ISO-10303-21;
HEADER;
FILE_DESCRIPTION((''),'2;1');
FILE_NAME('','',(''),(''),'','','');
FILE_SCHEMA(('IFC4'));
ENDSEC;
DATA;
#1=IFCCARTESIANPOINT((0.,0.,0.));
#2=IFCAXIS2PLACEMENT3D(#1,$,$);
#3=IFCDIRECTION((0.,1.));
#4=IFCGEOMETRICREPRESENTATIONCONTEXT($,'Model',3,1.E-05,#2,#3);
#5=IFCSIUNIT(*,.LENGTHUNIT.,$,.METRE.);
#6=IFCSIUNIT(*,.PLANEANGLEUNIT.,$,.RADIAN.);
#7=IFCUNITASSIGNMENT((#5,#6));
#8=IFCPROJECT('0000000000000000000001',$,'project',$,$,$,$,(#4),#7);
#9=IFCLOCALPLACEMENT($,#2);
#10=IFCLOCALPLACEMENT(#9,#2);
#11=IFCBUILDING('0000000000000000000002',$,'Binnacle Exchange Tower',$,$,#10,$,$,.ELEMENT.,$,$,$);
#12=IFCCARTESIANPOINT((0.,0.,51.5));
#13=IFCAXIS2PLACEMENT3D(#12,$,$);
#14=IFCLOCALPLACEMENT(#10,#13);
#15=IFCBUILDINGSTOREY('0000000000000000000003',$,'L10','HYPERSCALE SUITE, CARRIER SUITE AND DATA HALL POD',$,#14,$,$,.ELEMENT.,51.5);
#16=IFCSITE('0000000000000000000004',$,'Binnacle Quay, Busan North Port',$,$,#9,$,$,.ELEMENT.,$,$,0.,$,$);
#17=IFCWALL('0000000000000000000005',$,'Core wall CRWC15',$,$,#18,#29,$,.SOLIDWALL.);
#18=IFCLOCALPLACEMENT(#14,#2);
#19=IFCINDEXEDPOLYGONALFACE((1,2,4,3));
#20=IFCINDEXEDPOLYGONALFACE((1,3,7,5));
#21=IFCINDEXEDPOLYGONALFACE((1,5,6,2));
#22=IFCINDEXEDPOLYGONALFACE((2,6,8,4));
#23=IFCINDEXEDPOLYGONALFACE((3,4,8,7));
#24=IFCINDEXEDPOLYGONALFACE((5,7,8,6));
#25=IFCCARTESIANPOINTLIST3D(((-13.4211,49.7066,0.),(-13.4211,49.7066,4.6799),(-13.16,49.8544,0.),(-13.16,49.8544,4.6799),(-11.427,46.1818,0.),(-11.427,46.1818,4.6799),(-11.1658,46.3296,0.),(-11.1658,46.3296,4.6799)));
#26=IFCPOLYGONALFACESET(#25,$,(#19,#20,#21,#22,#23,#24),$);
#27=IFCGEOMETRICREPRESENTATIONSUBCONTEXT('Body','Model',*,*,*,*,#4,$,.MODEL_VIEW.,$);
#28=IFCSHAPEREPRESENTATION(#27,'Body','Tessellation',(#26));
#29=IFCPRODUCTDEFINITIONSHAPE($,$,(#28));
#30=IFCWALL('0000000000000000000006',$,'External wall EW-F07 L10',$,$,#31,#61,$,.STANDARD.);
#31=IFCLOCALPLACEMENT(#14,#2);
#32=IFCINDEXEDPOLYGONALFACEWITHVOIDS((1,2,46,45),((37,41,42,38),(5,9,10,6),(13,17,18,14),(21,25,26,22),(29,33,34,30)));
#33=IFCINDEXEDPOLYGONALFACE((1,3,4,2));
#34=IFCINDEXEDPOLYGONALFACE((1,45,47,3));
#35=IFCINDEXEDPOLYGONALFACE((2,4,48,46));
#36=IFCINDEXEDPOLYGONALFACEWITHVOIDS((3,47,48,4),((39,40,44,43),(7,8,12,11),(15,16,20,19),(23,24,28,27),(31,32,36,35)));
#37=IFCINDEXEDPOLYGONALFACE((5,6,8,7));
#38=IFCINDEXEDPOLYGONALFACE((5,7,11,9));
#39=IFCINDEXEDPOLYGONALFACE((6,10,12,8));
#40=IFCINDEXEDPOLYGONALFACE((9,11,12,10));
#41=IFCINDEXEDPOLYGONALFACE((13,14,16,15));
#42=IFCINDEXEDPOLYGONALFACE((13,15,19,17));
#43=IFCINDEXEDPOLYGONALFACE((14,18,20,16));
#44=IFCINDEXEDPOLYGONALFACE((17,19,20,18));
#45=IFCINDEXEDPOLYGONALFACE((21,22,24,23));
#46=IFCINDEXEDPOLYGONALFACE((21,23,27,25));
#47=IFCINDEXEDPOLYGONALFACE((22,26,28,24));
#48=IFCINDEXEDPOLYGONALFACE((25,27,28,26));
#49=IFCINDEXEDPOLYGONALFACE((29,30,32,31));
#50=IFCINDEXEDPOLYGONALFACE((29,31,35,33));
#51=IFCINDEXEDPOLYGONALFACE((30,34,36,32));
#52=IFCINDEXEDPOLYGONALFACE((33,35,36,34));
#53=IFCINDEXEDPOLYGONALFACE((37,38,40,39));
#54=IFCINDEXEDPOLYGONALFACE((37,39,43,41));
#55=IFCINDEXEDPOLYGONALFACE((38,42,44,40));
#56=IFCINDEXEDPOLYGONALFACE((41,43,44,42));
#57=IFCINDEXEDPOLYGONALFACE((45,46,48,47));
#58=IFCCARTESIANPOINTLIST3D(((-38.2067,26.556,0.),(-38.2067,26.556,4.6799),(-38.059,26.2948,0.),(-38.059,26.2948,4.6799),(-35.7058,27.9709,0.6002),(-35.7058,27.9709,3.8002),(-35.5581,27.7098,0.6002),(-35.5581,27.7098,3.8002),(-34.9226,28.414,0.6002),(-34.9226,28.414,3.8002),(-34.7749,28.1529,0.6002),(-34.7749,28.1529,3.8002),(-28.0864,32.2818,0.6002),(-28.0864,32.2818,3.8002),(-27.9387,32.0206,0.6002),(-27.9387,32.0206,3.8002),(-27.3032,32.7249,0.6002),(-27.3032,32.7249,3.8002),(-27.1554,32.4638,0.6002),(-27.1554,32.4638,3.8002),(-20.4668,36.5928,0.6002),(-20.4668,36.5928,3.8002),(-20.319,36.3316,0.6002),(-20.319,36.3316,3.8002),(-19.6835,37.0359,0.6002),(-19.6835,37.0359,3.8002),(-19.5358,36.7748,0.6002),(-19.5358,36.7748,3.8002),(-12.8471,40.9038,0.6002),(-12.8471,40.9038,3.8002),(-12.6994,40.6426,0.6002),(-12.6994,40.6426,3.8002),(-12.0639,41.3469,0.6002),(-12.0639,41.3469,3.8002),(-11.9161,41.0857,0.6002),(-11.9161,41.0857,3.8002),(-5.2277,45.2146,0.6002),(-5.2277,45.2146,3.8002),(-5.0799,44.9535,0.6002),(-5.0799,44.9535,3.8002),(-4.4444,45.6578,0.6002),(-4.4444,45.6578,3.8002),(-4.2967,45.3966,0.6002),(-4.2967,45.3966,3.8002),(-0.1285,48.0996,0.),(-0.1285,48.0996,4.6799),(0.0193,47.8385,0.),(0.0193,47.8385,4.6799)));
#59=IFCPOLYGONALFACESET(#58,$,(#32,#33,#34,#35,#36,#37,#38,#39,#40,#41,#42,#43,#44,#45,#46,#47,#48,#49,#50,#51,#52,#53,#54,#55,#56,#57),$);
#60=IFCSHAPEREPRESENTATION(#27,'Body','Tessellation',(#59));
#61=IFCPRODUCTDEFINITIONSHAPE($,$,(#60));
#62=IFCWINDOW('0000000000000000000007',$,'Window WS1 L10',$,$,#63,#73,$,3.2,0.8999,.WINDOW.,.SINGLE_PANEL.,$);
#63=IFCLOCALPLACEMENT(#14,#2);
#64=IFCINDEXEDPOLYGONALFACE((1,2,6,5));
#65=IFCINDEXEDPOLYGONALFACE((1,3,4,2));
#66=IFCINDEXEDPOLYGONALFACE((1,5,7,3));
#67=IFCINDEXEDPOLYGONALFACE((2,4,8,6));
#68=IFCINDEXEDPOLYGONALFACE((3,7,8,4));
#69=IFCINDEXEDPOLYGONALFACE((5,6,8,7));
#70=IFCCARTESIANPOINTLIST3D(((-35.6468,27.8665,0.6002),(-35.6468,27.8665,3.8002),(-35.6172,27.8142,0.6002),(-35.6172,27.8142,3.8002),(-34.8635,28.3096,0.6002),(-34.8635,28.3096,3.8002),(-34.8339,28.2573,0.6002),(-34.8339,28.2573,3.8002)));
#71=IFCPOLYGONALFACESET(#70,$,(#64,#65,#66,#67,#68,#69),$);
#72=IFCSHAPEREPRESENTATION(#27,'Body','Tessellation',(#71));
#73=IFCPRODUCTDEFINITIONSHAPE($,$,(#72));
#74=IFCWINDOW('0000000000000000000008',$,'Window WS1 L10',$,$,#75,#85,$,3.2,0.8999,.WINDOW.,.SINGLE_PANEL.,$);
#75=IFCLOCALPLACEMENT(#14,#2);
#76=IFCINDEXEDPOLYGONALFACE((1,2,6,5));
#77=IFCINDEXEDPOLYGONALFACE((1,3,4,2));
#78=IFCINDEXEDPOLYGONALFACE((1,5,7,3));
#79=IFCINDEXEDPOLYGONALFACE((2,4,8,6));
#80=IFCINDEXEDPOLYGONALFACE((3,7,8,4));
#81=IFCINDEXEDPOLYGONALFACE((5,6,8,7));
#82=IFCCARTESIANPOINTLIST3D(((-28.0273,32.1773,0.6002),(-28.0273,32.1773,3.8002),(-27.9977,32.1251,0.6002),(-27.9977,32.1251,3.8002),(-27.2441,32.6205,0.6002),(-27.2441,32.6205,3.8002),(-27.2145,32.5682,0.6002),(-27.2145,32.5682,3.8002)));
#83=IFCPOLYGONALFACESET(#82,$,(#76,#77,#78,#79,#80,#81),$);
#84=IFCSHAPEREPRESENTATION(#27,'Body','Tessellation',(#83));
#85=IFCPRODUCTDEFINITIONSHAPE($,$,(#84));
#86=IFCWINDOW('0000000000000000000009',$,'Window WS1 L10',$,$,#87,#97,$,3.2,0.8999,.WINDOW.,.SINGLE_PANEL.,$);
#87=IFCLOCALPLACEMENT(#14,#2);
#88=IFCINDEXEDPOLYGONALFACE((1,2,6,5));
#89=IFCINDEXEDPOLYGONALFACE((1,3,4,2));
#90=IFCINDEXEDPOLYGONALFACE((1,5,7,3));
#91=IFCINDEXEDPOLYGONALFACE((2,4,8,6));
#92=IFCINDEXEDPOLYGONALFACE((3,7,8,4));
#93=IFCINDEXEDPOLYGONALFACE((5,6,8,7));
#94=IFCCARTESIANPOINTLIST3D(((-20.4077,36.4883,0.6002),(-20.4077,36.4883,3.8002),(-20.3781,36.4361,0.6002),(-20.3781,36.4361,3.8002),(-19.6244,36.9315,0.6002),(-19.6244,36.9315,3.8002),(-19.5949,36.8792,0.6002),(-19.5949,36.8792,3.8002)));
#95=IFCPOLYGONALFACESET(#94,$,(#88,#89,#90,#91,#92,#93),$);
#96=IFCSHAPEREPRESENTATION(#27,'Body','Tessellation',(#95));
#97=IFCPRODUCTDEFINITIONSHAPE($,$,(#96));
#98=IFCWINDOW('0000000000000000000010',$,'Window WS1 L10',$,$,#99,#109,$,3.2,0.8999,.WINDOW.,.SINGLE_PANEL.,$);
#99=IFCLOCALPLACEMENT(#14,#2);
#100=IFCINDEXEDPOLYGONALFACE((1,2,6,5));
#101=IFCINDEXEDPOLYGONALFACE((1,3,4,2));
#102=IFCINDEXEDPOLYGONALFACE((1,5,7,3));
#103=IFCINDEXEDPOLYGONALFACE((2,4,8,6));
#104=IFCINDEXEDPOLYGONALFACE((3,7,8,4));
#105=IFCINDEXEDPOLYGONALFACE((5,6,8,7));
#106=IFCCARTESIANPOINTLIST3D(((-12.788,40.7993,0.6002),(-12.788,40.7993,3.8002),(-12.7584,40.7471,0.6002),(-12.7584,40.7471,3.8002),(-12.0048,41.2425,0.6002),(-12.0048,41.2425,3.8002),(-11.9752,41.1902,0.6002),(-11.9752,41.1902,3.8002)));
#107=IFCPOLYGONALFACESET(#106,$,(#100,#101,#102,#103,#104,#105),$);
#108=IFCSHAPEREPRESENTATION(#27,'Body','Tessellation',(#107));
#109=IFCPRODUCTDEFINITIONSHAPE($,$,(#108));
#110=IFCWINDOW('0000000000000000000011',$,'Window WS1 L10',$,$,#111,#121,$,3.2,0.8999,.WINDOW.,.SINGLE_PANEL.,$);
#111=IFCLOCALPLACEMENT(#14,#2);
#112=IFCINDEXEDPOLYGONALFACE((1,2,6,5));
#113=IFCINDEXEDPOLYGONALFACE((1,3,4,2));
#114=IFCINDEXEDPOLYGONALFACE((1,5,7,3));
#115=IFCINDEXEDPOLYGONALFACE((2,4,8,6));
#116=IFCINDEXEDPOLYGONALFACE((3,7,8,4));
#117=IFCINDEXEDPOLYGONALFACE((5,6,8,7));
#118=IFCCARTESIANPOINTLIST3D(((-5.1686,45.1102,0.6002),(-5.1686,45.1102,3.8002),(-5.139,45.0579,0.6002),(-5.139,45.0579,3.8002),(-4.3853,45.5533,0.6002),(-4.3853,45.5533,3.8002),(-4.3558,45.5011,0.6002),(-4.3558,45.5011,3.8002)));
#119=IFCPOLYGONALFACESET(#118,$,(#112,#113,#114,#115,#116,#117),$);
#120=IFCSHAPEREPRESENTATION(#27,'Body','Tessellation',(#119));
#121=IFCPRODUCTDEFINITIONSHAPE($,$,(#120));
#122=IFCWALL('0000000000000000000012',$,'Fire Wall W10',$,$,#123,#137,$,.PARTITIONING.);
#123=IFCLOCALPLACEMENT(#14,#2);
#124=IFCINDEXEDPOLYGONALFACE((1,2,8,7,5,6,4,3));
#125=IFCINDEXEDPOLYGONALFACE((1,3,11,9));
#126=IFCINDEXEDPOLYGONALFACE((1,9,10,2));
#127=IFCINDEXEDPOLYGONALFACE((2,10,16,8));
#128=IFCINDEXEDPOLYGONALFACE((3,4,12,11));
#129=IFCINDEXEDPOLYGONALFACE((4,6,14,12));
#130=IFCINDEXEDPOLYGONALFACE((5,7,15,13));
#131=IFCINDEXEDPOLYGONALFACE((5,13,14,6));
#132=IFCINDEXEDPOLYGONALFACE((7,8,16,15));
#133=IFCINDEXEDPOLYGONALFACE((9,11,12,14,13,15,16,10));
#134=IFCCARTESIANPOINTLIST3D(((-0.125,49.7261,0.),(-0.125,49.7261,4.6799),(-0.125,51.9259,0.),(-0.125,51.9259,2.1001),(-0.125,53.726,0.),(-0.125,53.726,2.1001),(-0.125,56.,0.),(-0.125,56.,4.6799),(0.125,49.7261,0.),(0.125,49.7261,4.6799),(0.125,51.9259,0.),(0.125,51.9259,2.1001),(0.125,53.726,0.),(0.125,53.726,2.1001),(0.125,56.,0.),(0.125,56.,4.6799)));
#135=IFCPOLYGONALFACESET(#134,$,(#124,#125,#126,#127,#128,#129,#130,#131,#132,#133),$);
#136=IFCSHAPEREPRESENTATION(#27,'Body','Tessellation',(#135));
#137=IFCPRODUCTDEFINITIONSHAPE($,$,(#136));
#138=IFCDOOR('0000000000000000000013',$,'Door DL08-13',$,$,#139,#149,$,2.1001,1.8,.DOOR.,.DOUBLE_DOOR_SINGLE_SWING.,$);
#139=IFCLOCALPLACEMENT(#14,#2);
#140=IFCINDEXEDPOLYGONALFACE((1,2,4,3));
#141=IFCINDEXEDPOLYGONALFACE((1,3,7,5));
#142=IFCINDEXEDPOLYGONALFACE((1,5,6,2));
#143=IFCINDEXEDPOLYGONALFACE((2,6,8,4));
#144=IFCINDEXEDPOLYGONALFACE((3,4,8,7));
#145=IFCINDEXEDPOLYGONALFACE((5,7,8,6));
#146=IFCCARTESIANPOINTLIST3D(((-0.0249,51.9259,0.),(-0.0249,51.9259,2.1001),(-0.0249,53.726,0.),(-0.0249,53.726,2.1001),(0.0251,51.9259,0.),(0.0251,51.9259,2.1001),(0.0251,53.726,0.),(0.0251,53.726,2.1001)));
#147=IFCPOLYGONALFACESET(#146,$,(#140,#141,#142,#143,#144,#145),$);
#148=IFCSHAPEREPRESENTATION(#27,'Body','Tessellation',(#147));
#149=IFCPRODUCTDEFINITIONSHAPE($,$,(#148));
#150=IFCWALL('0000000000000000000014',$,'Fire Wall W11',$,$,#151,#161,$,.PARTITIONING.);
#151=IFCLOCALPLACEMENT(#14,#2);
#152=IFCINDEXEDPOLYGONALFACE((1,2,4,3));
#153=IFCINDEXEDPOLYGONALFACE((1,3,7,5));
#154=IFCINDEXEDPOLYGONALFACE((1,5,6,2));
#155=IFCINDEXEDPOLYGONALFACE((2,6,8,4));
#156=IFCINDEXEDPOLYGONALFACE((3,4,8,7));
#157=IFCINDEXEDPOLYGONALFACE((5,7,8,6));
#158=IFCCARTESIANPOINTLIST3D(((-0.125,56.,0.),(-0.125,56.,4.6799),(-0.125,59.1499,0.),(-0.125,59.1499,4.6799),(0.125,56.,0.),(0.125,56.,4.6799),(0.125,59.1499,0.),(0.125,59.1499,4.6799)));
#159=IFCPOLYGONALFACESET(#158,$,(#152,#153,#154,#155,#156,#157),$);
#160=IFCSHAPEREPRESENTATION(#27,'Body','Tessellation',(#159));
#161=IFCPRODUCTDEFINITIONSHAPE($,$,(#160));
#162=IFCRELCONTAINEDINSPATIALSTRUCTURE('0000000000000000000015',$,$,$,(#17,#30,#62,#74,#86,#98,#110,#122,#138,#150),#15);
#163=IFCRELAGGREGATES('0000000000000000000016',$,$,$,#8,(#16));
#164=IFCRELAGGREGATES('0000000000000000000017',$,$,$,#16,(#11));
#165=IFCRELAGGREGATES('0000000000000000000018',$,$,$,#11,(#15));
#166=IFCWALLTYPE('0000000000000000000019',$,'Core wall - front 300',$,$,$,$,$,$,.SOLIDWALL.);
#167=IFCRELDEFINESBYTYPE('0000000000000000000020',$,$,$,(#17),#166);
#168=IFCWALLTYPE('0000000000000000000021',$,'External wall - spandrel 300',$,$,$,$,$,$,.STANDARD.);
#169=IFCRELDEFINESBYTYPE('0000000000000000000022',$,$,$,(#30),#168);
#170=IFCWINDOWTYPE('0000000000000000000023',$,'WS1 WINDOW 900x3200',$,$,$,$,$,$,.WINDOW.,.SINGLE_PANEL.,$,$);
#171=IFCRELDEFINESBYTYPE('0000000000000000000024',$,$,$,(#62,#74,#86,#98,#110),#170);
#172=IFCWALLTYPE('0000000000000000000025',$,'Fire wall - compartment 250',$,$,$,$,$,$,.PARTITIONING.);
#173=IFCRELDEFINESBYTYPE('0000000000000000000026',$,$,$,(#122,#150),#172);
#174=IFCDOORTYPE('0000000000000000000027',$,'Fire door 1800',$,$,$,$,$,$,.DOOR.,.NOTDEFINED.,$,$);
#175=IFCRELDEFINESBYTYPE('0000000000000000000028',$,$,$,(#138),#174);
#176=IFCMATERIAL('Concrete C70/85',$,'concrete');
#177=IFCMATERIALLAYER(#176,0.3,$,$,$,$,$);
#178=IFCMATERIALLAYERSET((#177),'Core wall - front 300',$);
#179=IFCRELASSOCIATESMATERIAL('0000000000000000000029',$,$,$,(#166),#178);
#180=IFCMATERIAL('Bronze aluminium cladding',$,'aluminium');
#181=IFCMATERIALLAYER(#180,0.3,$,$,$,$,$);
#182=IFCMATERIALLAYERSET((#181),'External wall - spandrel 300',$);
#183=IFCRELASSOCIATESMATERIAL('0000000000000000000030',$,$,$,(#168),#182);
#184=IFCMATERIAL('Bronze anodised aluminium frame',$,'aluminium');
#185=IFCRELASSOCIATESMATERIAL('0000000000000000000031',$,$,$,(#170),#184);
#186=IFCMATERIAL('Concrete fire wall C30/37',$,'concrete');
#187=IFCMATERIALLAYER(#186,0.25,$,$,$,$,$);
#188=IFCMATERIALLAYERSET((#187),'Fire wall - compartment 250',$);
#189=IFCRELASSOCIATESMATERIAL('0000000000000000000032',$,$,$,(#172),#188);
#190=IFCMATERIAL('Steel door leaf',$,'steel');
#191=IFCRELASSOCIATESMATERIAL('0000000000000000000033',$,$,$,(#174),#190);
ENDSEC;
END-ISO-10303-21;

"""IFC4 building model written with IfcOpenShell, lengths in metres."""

from ifc_helpers import new_model, si_unit, direction, frame, frame_2d, origin, place, context, subcontext, project, spatial, rectangle, extrude, material, layer, layer_set, type_object, element, fill, save


model = new_model("IFC4")

# Units and contexts
model_context = context("Model", 3, precision=1e-05, world=origin(), true_north=direction((0.0, 1.0)))
body_context = subcontext(model_context, "Body", "Model", "MODEL_VIEW")
ifc_project = project(units=[si_unit("LENGTHUNIT", "METRE"), si_unit("PLANEANGLEUNIT", "RADIAN")], contexts=[model_context])

# Site, building, storey
site_placement = place(None, origin())
site = spatial("IfcSite", under=ifc_project, at=site_placement, Name="Binnacle Quay, Busan North Port", CompositionType="ELEMENT", RefElevation=0.0)
building_placement = place(site_placement, origin())
building = spatial("IfcBuilding", under=site, at=building_placement, Name="Binnacle Exchange Tower", CompositionType="ELEMENT")
storey_placement = place(building_placement, frame((0.0, 0.0, 51.5)))
storey = spatial("IfcBuildingStorey", under=building, at=storey_placement, Name="L10", Description="HYPERSCALE SUITE, CARRIER SUITE AND DATA HALL POD", CompositionType="ELEMENT", Elevation=51.5)

# Shared definitions
ifc_material_1 = material(Name="Concrete C70/85", Category="concrete")

# Shared definitions
ifc_layer_1 = layer(ifc_material_1, 0.3)
ifc_layer_set_1 = layer_set([ifc_layer_1], Name="Core wall - front 300")
wall_type_1 = type_object("IfcWallType", Name="Core wall - front 300", PredefinedType="SOLIDWALL", material=ifc_layer_set_1)
ifc_material_2 = material(Name="Steel door leaf", Category="steel")

# Wall
for number, where, z_axis, x_axis, name in (
    (1, (-13.2905, 49.7805, 0.0), (0.0, 0.0, 1.0), (0.492395, -0.870372, 0.0), "Core wall CRWC15"),
):
    element("IfcWall", number, at=place(storey_placement, frame(where, z_axis=z_axis, x_axis=x_axis)), inside=storey, type_object=wall_type_1, Name=name, PredefinedType="SOLIDWALL", context=body_context, shape_type="SweptSolid", body=[
        extrude(rectangle(XDim=4.0498, YDim=0.3, at=frame_2d((2.0249, 0.0))), origin(), (0.0, 0.0, 1.0), 4.6799),
    ])

# Wall, openings, windows
ifc_material_3 = material(Name="Bronze aluminium cladding", Category="aluminium")
ifc_layer_2 = layer(ifc_material_3, 0.3)
ifc_layer_set_2 = layer_set([ifc_layer_2], Name="External wall - spandrel 300")
wall_type_2 = type_object("IfcWallType", Name="External wall - spandrel 300", PredefinedType="STANDARD", material=ifc_layer_set_2)
wall_1_placement = place(storey_placement, frame((-0.0547, 47.969, 0.0), z_axis=(0.0, 0.0, 1.0), x_axis=(-0.870356, -0.492423, 0.0)))
wall_1 = element("IfcWall", 2, at=wall_1_placement, inside=storey, type_object=wall_type_2, Name="External wall EW-F07 L10", PredefinedType="STANDARD", context=body_context, shape_type="SweptSolid", body=[
    extrude(rectangle(XDim=43.7502, YDim=0.3, at=frame_2d((21.875, 0.0))), origin(), (0.0, 0.0, 1.0), 4.6799),
])
opening_1_placement = place(wall_1_placement, frame((39.9768, 0.0, 0.6001)))
opening_1 = element("IfcOpeningElement", 3, at=opening_1_placement, cuts=wall_1, PredefinedType="OPENING", context=body_context, shape_type="SweptSolid", body=[
    extrude(rectangle(XDim=0.8999, YDim=3.2, at=frame_2d((0.45, 1.6001))), frame((0.0, 0.1599, 0.0), z_axis=(0.0, -1.0, 0.0), x_axis=(1.0, 0.0, 0.0)), (0.0, 0.0, 1.0), 0.3201),
])
opening_2_placement = place(wall_1_placement, frame((31.2224, 0.0, 0.6001)))
opening_2 = element("IfcOpeningElement", 4, at=opening_2_placement, cuts=wall_1, PredefinedType="OPENING", context=body_context, shape_type="SweptSolid", body=[
    extrude(rectangle(XDim=0.8999, YDim=3.2, at=frame_2d((0.45, 1.6001))), frame((0.0, 0.1599, 0.0), z_axis=(0.0, -1.0, 0.0), x_axis=(1.0, 0.0, 0.0)), (0.0, 0.0, 1.0), 0.3201),
])
opening_3_placement = place(wall_1_placement, frame((22.4678, 0.0, 0.6001)))
opening_3 = element("IfcOpeningElement", 5, at=opening_3_placement, cuts=wall_1, PredefinedType="OPENING", context=body_context, shape_type="SweptSolid", body=[
    extrude(rectangle(XDim=0.8999, YDim=3.2, at=frame_2d((0.45, 1.6001))), frame((0.0, 0.1599, 0.0), z_axis=(0.0, -1.0, 0.0), x_axis=(1.0, 0.0, 0.0)), (0.0, 0.0, 1.0), 0.3201),
])
opening_4_placement = place(wall_1_placement, frame((13.7131, 0.0, 0.6001)))
opening_4 = element("IfcOpeningElement", 6, at=opening_4_placement, cuts=wall_1, PredefinedType="OPENING", context=body_context, shape_type="SweptSolid", body=[
    extrude(rectangle(XDim=0.8999, YDim=3.2, at=frame_2d((0.45, 1.6001))), frame((0.0, 0.1599, 0.0), z_axis=(0.0, -1.0, 0.0), x_axis=(1.0, 0.0, 0.0)), (0.0, 0.0, 1.0), 0.3201),
])
opening_5_placement = place(wall_1_placement, frame((4.9587, 0.0, 0.6001)))
opening_5 = element("IfcOpeningElement", 7, at=opening_5_placement, cuts=wall_1, PredefinedType="OPENING", context=body_context, shape_type="SweptSolid", body=[
    extrude(rectangle(XDim=0.8999, YDim=3.2, at=frame_2d((0.45, 1.6001))), frame((0.0, 0.1599, 0.0), z_axis=(0.0, -1.0, 0.0), x_axis=(1.0, 0.0, 0.0)), (0.0, 0.0, 1.0), 0.3201),
])
ifc_material_4 = material(Name="Bronze anodised aluminium frame", Category="aluminium")
window_type = type_object("IfcWindowType", Name="WS1 WINDOW 900x3200", PartitioningType="SINGLE_PANEL", PredefinedType="WINDOW", material=ifc_material_4)
window_1_placement = place(opening_1_placement, origin())
window_1 = element("IfcWindow", 8, at=window_1_placement, inside=storey, type_object=window_type, Name="Window WS1 L10", OverallHeight=3.2, OverallWidth=0.8999, PartitioningType="SINGLE_PANEL", PredefinedType="WINDOW", context=body_context, shape_type="SweptSolid", body=[
    extrude(rectangle(XDim=0.8999, YDim=3.2, at=frame_2d((0.45, 1.6001))), frame((0.0, 0.03, 0.0), z_axis=(0.0, -1.0, 0.0), x_axis=(1.0, 0.0, 0.0)), (0.0, 0.0, 1.0), 0.0601),
])
fill(opening_1, window_1)
window_2_placement = place(opening_2_placement, origin())
window_2 = element("IfcWindow", 9, at=window_2_placement, inside=storey, type_object=window_type, Name="Window WS1 L10", OverallHeight=3.2, OverallWidth=0.8999, PartitioningType="SINGLE_PANEL", PredefinedType="WINDOW", context=body_context, shape_type="SweptSolid", body=[
    extrude(rectangle(XDim=0.8999, YDim=3.2, at=frame_2d((0.45, 1.6001))), frame((0.0, 0.03, 0.0), z_axis=(0.0, -1.0, 0.0), x_axis=(1.0, 0.0, 0.0)), (0.0, 0.0, 1.0), 0.0601),
])
fill(opening_2, window_2)
window_3_placement = place(opening_3_placement, origin())
window_3 = element("IfcWindow", 10, at=window_3_placement, inside=storey, type_object=window_type, Name="Window WS1 L10", OverallHeight=3.2, OverallWidth=0.8999, PartitioningType="SINGLE_PANEL", PredefinedType="WINDOW", context=body_context, shape_type="SweptSolid", body=[
    extrude(rectangle(XDim=0.8999, YDim=3.2, at=frame_2d((0.45, 1.6001))), frame((0.0, 0.03, 0.0), z_axis=(0.0, -1.0, 0.0), x_axis=(1.0, 0.0, 0.0)), (0.0, 0.0, 1.0), 0.0601),
])
fill(opening_3, window_3)
window_4_placement = place(opening_4_placement, origin())
window_4 = element("IfcWindow", 11, at=window_4_placement, inside=storey, type_object=window_type, Name="Window WS1 L10", OverallHeight=3.2, OverallWidth=0.8999, PartitioningType="SINGLE_PANEL", PredefinedType="WINDOW", context=body_context, shape_type="SweptSolid", body=[
    extrude(rectangle(XDim=0.8999, YDim=3.2, at=frame_2d((0.45, 1.6001))), frame((0.0, 0.03, 0.0), z_axis=(0.0, -1.0, 0.0), x_axis=(1.0, 0.0, 0.0)), (0.0, 0.0, 1.0), 0.0601),
])
fill(opening_4, window_4)
window_5_placement = place(opening_5_placement, origin())
window_5 = element("IfcWindow", 12, at=window_5_placement, inside=storey, type_object=window_type, Name="Window WS1 L10", OverallHeight=3.2, OverallWidth=0.8999, PartitioningType="SINGLE_PANEL", PredefinedType="WINDOW", context=body_context, shape_type="SweptSolid", body=[
    extrude(rectangle(XDim=0.8999, YDim=3.2, at=frame_2d((0.45, 1.6001))), frame((0.0, 0.03, 0.0), z_axis=(0.0, -1.0, 0.0), x_axis=(1.0, 0.0, 0.0)), (0.0, 0.0, 1.0), 0.0601),
])
fill(opening_5, window_5)

# Wall, opening, door
ifc_material_5 = material(Name="Concrete fire wall C30/37", Category="concrete")
ifc_layer_3 = layer(ifc_material_5, 0.25)
ifc_layer_set_3 = layer_set([ifc_layer_3], Name="Fire wall - compartment 250")
wall_type_3 = type_object("IfcWallType", Name="Fire wall - compartment 250", PredefinedType="PARTITIONING", material=ifc_layer_set_3)
wall_2_placement = place(storey_placement, frame((0.0, 49.7261, 0.0), z_axis=(0.0, 0.0, 1.0), x_axis=(0.0, 1.0, 0.0)))
wall_2 = element("IfcWall", 13, at=wall_2_placement, inside=storey, type_object=wall_type_3, Name="Fire Wall W10", PredefinedType="PARTITIONING", context=body_context, shape_type="SweptSolid", body=[
    extrude(rectangle(XDim=6.2739, YDim=0.25, at=frame_2d((3.137, 0.0))), origin(), (0.0, 0.0, 1.0), 4.6799),
])
opening_6_placement = place(wall_2_placement, frame((2.2, 0.0, 0.0)))
opening_6 = element("IfcOpeningElement", 14, at=opening_6_placement, cuts=wall_2, PredefinedType="OPENING", context=body_context, shape_type="SweptSolid", body=[
    extrude(rectangle(XDim=1.8, YDim=2.1001, at=frame_2d((0.8999, 1.05))), frame((0.0, 0.135, 0.0), z_axis=(0.0, -1.0, 0.0), x_axis=(1.0, 0.0, 0.0)), (0.0, 0.0, 1.0), 0.27),
])
door_type_1 = type_object("IfcDoorType", Name="Fire door 1800", OperationType="NOTDEFINED", PredefinedType="DOOR", material=ifc_material_2)
door_1_placement = place(opening_6_placement, origin())
door_1 = element("IfcDoor", 15, at=door_1_placement, inside=storey, type_object=door_type_1, Name="Door DL08-13", OperationType="DOUBLE_DOOR_SINGLE_SWING", OverallHeight=2.1001, OverallWidth=1.8, PredefinedType="DOOR", context=body_context, shape_type="SweptSolid", body=[
    extrude(rectangle(XDim=1.8, YDim=2.1001, at=frame_2d((0.8999, 1.05))), frame((0.0, 0.0249, 0.0), z_axis=(0.0, -1.0, 0.0), x_axis=(1.0, 0.0, 0.0)), (0.0, 0.0, 1.0), 0.05),
])
fill(opening_6, door_1)

# Wall
wall_3_placement = place(storey_placement, frame((0.0, 56.0, 0.0), z_axis=(0.0, 0.0, 1.0), x_axis=(0.0, 1.0, 0.0)))
element("IfcWall", 16, at=wall_3_placement, inside=storey, type_object=wall_type_3, Name="Fire Wall W11", PredefinedType="PARTITIONING", context=body_context, shape_type="SweptSolid", body=[
    extrude(rectangle(XDim=3.1499, YDim=0.25, at=frame_2d((1.575, 0.0))), origin(), (0.0, 0.0, 1.0), 4.6799),
])

save(model, "model.ifc")
